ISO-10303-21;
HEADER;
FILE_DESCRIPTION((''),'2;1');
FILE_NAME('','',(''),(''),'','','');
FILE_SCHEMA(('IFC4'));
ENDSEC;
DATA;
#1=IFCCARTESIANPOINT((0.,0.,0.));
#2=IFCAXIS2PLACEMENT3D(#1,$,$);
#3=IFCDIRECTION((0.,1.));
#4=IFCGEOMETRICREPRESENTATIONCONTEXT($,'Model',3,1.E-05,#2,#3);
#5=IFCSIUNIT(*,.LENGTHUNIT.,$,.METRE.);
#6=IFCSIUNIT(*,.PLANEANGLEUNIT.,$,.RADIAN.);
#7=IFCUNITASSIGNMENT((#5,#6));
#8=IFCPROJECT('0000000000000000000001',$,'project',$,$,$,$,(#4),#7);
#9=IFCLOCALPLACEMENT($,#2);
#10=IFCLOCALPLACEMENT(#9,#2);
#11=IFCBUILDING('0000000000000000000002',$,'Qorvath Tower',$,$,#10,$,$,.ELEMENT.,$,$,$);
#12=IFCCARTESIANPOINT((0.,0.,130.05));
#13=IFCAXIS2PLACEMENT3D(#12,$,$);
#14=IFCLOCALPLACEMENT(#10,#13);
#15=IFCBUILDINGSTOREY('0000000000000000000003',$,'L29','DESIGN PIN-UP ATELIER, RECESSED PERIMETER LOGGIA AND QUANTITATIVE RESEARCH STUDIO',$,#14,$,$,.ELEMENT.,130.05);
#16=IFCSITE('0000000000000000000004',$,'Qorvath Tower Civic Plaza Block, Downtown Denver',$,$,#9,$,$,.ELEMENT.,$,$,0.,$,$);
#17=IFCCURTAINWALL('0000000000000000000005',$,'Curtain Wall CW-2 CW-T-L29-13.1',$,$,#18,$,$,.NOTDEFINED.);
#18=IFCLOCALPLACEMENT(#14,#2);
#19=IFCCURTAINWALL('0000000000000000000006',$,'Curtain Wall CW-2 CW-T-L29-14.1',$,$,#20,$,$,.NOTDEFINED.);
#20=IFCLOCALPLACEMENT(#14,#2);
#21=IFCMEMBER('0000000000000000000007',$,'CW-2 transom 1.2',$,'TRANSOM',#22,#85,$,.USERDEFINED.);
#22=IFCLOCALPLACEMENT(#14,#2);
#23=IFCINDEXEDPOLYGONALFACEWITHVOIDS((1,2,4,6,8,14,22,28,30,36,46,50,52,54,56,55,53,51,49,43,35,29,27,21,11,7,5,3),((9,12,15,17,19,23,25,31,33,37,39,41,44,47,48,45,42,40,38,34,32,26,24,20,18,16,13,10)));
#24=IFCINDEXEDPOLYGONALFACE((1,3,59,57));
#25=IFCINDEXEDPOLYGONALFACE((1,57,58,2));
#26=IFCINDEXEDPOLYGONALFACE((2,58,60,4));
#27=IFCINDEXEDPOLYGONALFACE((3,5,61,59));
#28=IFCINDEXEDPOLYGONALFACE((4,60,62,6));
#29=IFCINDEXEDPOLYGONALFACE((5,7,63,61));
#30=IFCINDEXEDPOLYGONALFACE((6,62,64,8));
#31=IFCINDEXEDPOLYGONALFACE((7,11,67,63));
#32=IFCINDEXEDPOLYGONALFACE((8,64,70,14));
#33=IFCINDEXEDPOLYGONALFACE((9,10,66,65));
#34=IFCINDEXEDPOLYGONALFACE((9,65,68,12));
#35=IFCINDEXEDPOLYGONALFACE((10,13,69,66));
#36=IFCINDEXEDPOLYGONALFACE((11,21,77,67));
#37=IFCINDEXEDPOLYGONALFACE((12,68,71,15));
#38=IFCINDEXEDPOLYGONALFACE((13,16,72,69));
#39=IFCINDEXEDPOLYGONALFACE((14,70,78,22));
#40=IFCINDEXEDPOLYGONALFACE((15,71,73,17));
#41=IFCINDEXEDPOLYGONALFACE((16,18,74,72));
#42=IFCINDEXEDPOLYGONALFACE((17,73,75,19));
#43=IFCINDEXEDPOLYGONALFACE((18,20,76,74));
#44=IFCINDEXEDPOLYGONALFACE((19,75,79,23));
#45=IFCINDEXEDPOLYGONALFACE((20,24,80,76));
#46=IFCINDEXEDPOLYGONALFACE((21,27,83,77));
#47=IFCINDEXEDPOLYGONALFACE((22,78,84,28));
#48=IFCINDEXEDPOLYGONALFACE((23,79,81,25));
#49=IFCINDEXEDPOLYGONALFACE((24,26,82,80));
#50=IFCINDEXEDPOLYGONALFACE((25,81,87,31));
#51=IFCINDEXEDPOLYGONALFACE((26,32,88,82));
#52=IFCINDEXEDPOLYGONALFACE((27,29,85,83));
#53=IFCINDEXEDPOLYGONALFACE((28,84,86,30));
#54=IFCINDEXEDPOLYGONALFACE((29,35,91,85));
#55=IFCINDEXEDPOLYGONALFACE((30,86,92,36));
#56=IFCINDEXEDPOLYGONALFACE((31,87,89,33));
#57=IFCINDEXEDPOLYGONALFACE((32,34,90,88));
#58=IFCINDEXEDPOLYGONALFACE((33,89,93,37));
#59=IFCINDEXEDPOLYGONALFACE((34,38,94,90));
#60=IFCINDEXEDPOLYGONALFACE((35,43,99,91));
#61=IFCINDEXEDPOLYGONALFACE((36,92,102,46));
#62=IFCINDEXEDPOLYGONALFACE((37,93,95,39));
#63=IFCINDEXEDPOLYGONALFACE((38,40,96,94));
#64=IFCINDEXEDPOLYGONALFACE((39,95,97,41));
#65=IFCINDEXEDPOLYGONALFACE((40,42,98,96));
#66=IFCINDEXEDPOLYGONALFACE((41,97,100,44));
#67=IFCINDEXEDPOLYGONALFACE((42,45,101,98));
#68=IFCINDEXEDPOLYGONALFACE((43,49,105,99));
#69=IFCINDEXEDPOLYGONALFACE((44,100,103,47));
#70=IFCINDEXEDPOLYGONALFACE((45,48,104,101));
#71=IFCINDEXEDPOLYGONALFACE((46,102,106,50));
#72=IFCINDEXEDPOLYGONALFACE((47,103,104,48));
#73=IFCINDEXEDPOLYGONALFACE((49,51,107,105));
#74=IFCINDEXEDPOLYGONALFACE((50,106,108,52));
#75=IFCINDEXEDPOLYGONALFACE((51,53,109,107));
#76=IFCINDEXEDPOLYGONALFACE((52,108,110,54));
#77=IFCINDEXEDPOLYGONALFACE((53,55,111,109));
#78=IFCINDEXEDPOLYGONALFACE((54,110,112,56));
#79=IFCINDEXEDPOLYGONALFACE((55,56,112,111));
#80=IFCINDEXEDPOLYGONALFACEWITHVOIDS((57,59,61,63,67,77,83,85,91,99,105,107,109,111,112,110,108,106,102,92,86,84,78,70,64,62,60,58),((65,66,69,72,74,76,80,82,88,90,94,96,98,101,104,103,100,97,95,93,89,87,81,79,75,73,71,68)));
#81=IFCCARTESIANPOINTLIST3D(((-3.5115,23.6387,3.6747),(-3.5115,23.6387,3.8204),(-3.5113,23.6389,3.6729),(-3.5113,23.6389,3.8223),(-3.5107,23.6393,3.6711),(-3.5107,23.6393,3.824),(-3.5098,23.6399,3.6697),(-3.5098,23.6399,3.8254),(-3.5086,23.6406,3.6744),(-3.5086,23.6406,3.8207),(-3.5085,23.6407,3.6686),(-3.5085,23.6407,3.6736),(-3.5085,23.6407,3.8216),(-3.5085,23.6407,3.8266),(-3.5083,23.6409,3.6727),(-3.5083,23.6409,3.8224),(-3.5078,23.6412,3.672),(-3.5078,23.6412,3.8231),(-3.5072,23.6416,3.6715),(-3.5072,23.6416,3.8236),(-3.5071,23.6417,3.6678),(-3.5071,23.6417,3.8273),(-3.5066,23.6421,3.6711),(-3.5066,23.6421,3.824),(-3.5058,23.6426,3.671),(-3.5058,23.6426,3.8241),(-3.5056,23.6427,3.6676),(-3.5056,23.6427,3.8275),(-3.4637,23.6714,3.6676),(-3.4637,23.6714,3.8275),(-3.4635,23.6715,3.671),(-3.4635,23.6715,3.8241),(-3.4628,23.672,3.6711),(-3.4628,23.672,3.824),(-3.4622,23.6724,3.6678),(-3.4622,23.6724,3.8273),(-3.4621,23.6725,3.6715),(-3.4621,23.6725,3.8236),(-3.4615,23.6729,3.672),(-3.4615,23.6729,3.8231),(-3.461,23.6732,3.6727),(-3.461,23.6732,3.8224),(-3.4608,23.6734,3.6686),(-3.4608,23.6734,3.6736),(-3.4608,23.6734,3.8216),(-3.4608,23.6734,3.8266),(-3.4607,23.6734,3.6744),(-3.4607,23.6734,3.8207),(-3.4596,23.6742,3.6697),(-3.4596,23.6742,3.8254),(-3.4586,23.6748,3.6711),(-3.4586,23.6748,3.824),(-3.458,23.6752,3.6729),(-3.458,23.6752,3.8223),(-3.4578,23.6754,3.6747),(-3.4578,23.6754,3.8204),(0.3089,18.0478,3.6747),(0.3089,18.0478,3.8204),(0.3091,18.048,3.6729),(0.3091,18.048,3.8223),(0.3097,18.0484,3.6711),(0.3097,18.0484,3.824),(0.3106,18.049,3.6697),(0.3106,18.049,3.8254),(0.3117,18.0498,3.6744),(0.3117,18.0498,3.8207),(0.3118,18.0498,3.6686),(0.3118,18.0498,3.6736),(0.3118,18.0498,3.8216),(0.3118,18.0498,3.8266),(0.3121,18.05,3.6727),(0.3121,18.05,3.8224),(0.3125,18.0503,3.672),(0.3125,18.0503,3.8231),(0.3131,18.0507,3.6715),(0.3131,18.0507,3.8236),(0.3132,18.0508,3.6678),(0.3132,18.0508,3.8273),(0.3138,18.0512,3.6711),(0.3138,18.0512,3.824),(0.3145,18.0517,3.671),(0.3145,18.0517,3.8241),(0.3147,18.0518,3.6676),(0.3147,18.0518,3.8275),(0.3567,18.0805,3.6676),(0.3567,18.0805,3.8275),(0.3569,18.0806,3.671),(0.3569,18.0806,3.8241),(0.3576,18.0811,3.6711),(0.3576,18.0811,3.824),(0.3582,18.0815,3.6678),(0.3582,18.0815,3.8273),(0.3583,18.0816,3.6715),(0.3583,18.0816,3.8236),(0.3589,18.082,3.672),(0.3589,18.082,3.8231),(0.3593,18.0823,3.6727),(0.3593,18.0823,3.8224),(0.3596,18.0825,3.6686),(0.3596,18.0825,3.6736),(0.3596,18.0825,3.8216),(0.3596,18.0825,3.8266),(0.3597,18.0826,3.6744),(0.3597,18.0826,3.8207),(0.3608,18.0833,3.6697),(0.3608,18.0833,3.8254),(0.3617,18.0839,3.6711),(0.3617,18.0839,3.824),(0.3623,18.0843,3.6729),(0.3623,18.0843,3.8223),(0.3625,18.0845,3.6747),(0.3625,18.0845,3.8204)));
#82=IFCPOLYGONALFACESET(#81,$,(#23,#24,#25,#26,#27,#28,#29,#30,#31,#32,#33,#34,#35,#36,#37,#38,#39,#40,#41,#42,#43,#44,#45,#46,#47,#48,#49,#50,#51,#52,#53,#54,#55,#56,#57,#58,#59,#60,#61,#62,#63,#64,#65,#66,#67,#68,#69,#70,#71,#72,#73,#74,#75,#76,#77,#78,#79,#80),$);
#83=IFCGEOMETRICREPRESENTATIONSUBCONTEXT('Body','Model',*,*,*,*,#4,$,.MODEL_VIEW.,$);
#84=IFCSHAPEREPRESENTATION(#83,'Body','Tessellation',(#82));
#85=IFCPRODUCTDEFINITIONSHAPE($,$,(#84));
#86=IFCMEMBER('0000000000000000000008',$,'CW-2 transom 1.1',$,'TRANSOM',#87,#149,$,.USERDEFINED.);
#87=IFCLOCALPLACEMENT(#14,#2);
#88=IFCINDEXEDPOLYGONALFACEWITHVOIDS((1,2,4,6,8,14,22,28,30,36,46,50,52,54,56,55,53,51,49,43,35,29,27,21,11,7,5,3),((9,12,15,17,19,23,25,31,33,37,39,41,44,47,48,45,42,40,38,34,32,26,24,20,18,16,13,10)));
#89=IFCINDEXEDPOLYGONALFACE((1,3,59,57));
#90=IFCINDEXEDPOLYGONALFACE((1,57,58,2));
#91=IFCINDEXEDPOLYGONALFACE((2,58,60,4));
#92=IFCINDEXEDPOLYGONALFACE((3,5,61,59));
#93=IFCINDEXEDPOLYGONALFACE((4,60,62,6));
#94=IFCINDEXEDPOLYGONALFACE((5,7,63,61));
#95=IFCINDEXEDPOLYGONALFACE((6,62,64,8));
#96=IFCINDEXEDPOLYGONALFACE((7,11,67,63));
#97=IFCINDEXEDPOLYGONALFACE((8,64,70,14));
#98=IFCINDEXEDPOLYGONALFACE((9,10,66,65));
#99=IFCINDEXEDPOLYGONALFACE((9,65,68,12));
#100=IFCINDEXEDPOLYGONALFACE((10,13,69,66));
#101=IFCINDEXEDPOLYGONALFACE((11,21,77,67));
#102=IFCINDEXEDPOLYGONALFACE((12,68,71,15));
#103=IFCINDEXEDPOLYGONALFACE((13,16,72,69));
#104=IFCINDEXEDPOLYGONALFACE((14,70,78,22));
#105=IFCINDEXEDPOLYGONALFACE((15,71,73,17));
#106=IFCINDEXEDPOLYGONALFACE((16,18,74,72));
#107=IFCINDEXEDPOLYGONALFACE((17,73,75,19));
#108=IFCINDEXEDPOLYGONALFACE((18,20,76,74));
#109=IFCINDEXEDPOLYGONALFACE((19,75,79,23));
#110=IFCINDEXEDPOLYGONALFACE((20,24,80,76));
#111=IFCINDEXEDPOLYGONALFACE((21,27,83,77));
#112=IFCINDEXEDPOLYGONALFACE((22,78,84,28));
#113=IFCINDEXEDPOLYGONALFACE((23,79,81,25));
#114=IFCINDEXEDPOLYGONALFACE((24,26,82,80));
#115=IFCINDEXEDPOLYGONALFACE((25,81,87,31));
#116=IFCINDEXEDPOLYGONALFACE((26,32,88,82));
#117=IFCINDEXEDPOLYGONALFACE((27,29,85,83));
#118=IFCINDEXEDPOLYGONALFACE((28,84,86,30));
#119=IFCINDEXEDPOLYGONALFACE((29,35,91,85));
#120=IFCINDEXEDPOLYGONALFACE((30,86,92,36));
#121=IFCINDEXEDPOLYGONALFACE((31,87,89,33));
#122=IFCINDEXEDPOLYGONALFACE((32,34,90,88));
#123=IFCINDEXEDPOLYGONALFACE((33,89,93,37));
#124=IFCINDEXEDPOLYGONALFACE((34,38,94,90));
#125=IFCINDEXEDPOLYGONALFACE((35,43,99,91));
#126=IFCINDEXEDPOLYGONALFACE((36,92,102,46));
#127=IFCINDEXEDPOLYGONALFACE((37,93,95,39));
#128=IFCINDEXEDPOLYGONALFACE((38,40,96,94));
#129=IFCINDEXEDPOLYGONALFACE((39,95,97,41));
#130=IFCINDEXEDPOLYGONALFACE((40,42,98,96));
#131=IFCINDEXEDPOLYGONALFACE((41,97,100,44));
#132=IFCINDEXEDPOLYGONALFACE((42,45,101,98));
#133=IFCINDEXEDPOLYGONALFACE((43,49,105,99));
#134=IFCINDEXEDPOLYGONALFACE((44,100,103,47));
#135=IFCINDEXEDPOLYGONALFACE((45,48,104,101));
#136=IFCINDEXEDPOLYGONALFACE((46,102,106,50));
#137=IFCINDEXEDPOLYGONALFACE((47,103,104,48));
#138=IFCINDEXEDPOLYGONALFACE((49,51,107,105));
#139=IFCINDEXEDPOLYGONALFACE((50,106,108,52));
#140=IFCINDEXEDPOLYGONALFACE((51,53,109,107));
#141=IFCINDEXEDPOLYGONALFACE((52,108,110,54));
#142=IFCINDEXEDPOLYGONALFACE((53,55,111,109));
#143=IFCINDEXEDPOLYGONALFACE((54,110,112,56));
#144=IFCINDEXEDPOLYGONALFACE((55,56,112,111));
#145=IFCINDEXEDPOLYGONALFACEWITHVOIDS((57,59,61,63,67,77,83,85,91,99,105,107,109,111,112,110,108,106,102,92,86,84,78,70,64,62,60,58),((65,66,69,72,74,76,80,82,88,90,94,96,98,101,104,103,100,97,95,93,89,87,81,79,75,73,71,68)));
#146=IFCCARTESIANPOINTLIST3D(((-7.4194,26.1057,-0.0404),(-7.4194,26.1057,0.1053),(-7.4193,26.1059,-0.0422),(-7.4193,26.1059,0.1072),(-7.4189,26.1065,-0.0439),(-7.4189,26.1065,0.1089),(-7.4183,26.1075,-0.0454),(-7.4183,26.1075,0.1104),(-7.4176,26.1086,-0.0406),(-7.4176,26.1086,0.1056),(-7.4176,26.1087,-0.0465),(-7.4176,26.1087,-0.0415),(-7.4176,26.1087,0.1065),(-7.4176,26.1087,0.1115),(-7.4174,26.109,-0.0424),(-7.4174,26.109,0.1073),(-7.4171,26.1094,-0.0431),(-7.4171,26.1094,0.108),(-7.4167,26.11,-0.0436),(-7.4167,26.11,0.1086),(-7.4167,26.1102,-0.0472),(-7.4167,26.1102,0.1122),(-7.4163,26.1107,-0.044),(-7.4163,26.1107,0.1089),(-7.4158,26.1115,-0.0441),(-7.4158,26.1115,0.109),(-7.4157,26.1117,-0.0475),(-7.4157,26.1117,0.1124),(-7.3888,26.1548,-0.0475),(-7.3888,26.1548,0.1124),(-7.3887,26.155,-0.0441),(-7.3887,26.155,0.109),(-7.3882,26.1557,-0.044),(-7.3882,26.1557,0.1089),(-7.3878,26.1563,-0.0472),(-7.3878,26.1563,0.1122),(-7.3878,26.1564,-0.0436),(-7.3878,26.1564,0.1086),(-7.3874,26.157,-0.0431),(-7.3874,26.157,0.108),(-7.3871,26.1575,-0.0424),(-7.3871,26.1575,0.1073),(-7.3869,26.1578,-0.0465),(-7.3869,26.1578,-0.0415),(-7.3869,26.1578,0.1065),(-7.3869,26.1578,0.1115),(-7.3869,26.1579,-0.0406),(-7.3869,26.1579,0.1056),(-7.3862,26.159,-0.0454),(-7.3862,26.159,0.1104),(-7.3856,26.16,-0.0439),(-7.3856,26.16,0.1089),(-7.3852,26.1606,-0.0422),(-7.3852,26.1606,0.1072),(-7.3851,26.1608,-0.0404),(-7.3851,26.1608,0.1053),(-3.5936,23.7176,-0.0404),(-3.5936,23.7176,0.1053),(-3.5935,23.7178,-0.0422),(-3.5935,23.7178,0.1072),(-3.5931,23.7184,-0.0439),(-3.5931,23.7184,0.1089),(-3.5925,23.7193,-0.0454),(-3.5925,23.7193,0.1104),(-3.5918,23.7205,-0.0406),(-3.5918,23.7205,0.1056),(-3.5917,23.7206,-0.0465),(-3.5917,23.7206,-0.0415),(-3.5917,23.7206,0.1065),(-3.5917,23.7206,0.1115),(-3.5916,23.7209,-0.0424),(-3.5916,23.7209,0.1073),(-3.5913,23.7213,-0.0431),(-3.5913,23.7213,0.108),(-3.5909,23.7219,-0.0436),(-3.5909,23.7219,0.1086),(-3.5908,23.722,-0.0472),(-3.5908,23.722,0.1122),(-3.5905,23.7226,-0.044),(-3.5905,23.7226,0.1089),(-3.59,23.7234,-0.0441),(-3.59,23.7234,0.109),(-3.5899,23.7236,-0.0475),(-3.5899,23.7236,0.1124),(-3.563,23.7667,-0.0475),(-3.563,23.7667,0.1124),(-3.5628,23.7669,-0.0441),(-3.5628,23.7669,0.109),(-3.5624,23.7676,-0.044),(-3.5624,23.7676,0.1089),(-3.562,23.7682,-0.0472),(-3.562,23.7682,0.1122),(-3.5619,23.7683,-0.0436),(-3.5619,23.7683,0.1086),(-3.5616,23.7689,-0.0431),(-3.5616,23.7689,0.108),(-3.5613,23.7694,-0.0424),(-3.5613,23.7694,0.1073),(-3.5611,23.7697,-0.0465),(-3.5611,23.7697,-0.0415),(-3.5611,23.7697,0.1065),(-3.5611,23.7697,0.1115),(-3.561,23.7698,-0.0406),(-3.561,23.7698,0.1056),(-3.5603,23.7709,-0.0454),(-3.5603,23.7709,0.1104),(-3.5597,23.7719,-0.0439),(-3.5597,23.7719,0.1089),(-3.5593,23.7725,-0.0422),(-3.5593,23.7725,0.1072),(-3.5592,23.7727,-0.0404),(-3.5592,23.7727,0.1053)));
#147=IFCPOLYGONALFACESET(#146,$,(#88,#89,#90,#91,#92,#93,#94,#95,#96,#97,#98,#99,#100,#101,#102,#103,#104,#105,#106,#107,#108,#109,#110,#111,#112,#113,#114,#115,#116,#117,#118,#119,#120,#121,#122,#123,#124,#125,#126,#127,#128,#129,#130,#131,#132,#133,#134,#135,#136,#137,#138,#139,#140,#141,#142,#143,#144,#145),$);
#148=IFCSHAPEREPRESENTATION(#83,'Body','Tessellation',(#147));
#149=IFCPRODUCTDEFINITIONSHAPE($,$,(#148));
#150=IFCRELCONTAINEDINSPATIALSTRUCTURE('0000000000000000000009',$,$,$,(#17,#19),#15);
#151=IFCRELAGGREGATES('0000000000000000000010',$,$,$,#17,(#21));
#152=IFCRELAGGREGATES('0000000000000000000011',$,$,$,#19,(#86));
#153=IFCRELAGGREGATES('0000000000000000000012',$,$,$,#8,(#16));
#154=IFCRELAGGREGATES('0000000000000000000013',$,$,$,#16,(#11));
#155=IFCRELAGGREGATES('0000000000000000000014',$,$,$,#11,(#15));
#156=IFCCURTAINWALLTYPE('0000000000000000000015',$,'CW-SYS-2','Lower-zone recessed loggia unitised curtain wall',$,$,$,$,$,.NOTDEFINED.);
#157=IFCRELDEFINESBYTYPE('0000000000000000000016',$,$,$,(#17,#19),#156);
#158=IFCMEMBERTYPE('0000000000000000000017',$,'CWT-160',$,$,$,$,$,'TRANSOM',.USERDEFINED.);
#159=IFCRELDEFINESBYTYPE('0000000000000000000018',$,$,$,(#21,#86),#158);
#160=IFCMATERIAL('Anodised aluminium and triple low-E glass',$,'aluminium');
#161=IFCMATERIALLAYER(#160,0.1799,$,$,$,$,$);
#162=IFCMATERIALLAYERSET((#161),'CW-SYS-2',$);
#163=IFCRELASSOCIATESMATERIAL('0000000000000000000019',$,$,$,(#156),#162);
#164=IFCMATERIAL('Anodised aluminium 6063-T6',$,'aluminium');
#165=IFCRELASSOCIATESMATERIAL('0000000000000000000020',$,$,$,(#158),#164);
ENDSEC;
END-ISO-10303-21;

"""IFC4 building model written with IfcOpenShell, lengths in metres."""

from ifc_helpers import new_model, si_unit, direction, frame, origin, origin_2d, place, context, subcontext, project, spatial, hollow_rectangle, extrude, material, layer, layer_set, material_profile, profile_set, type_object, element, aggregate, save


model = new_model("IFC4")

# Units and contexts
model_context = context("Model", 3, precision=1e-05, world=origin(), true_north=direction((0.0, 1.0)))
body_context = subcontext(model_context, "Body", "Model", "MODEL_VIEW")
ifc_project = project(units=[si_unit("LENGTHUNIT", "METRE"), si_unit("PLANEANGLEUNIT", "RADIAN")], contexts=[model_context])

# Site, building, storey
site_placement = place(None, origin())
site = spatial("IfcSite", under=ifc_project, at=site_placement, Name="Qorvath Tower Civic Plaza Block, Downtown Denver", CompositionType="ELEMENT", RefElevation=0.0)
building_placement = place(site_placement, origin())
building = spatial("IfcBuilding", under=site, at=building_placement, Name="Qorvath Tower", CompositionType="ELEMENT")
storey_placement = place(building_placement, frame((0.0, 0.0, 130.05)))
storey = spatial("IfcBuildingStorey", under=building, at=storey_placement, Name="L29", Description="DESIGN PIN-UP ATELIER, RECESSED PERIMETER LOGGIA AND QUANTITATIVE RESEARCH STUDIO", CompositionType="ELEMENT", Elevation=130.05)

# Shared definitions
ifc_material_1 = material(Name="Anodised aluminium and triple low-E glass", Category="aluminium")
ifc_layer_1 = layer(ifc_material_1, 0.1799)
ifc_layer_set_1 = layer_set([ifc_layer_1], Name="CW-SYS-2")
curtain_wall_type = type_object("IfcCurtainWallType", Name="CW-SYS-2", Description="Lower-zone recessed loggia unitised curtain wall", PredefinedType="NOTDEFINED", material=ifc_layer_set_1)

# Curtain walls
curtain_wall_1_placement = place(storey_placement, origin())
curtain_wall_1 = element("IfcCurtainWall", 1, at=curtain_wall_1_placement, inside=storey, type_object=curtain_wall_type, Name="Curtain Wall CW-2 CW-T-L29-13.1", PredefinedType="NOTDEFINED")
curtain_wall_2_placement = place(storey_placement, origin())
curtain_wall_2 = element("IfcCurtainWall", 2, at=curtain_wall_2_placement, inside=storey, type_object=curtain_wall_type, Name="Curtain Wall CW-2 CW-T-L29-14.1", PredefinedType="NOTDEFINED")

# Members
ifc_material_2 = material(Name="Anodised aluminium 6063-T6", Category="aluminium")
ifc_material_profile_1 = material_profile(ifc_material_2, hollow_rectangle(XDim=0.0649, YDim=0.1599, WallThickness=0.0034, InnerFilletRadius=0.0034, OuterFilletRadius=0.0071, at=origin_2d()), Name="CWT 160x65")
ifc_profile_set_1 = profile_set([ifc_material_profile_1], Name="Anodised aluminium 6063-T6")
member_type_1 = type_object("IfcMemberType", Name="CWT-160", ElementType="TRANSOM", PredefinedType="USERDEFINED", material=ifc_profile_set_1)
member_1_placement = place(storey_placement, frame((0.3357, 18.0662, 3.7476), z_axis=(-0.564182, 0.82565, 0.0), x_axis=(-0.82565, -0.564182, 0.0)))
member_1 = element("IfcMember", 3, at=member_1_placement, type_object=member_type_1, Name="CW-2 transom 1.2", ObjectType="TRANSOM", PredefinedType="USERDEFINED", context=body_context, shape_type="SweptSolid", body=[
    extrude(hollow_rectangle(XDim=0.0649, YDim=0.1599, WallThickness=0.0034, InnerFilletRadius=0.0034, OuterFilletRadius=0.0071, at=origin_2d()), origin(), (0.0, 0.0, 1.0), 6.7715),
])
member_2_placement = place(storey_placement, frame((-3.5764, 23.7451, 0.0325), z_axis=(-0.848299, 0.529517, 0.0), x_axis=(-0.529517, -0.848299, 0.0)))
member_2 = element("IfcMember", 4, at=member_2_placement, type_object=member_type_1, Name="CW-2 transom 1.1", ObjectType="TRANSOM", PredefinedType="USERDEFINED", context=body_context, shape_type="SweptSolid", body=[
    extrude(hollow_rectangle(XDim=0.0649, YDim=0.1599, WallThickness=0.0034, InnerFilletRadius=0.0034, OuterFilletRadius=0.0071, at=origin_2d()), origin(), (0.0, 0.0, 1.0), 4.51),
])

aggregate(curtain_wall_1, [member_1])
aggregate(curtain_wall_2, [member_2])

save(model, "model.ifc")
